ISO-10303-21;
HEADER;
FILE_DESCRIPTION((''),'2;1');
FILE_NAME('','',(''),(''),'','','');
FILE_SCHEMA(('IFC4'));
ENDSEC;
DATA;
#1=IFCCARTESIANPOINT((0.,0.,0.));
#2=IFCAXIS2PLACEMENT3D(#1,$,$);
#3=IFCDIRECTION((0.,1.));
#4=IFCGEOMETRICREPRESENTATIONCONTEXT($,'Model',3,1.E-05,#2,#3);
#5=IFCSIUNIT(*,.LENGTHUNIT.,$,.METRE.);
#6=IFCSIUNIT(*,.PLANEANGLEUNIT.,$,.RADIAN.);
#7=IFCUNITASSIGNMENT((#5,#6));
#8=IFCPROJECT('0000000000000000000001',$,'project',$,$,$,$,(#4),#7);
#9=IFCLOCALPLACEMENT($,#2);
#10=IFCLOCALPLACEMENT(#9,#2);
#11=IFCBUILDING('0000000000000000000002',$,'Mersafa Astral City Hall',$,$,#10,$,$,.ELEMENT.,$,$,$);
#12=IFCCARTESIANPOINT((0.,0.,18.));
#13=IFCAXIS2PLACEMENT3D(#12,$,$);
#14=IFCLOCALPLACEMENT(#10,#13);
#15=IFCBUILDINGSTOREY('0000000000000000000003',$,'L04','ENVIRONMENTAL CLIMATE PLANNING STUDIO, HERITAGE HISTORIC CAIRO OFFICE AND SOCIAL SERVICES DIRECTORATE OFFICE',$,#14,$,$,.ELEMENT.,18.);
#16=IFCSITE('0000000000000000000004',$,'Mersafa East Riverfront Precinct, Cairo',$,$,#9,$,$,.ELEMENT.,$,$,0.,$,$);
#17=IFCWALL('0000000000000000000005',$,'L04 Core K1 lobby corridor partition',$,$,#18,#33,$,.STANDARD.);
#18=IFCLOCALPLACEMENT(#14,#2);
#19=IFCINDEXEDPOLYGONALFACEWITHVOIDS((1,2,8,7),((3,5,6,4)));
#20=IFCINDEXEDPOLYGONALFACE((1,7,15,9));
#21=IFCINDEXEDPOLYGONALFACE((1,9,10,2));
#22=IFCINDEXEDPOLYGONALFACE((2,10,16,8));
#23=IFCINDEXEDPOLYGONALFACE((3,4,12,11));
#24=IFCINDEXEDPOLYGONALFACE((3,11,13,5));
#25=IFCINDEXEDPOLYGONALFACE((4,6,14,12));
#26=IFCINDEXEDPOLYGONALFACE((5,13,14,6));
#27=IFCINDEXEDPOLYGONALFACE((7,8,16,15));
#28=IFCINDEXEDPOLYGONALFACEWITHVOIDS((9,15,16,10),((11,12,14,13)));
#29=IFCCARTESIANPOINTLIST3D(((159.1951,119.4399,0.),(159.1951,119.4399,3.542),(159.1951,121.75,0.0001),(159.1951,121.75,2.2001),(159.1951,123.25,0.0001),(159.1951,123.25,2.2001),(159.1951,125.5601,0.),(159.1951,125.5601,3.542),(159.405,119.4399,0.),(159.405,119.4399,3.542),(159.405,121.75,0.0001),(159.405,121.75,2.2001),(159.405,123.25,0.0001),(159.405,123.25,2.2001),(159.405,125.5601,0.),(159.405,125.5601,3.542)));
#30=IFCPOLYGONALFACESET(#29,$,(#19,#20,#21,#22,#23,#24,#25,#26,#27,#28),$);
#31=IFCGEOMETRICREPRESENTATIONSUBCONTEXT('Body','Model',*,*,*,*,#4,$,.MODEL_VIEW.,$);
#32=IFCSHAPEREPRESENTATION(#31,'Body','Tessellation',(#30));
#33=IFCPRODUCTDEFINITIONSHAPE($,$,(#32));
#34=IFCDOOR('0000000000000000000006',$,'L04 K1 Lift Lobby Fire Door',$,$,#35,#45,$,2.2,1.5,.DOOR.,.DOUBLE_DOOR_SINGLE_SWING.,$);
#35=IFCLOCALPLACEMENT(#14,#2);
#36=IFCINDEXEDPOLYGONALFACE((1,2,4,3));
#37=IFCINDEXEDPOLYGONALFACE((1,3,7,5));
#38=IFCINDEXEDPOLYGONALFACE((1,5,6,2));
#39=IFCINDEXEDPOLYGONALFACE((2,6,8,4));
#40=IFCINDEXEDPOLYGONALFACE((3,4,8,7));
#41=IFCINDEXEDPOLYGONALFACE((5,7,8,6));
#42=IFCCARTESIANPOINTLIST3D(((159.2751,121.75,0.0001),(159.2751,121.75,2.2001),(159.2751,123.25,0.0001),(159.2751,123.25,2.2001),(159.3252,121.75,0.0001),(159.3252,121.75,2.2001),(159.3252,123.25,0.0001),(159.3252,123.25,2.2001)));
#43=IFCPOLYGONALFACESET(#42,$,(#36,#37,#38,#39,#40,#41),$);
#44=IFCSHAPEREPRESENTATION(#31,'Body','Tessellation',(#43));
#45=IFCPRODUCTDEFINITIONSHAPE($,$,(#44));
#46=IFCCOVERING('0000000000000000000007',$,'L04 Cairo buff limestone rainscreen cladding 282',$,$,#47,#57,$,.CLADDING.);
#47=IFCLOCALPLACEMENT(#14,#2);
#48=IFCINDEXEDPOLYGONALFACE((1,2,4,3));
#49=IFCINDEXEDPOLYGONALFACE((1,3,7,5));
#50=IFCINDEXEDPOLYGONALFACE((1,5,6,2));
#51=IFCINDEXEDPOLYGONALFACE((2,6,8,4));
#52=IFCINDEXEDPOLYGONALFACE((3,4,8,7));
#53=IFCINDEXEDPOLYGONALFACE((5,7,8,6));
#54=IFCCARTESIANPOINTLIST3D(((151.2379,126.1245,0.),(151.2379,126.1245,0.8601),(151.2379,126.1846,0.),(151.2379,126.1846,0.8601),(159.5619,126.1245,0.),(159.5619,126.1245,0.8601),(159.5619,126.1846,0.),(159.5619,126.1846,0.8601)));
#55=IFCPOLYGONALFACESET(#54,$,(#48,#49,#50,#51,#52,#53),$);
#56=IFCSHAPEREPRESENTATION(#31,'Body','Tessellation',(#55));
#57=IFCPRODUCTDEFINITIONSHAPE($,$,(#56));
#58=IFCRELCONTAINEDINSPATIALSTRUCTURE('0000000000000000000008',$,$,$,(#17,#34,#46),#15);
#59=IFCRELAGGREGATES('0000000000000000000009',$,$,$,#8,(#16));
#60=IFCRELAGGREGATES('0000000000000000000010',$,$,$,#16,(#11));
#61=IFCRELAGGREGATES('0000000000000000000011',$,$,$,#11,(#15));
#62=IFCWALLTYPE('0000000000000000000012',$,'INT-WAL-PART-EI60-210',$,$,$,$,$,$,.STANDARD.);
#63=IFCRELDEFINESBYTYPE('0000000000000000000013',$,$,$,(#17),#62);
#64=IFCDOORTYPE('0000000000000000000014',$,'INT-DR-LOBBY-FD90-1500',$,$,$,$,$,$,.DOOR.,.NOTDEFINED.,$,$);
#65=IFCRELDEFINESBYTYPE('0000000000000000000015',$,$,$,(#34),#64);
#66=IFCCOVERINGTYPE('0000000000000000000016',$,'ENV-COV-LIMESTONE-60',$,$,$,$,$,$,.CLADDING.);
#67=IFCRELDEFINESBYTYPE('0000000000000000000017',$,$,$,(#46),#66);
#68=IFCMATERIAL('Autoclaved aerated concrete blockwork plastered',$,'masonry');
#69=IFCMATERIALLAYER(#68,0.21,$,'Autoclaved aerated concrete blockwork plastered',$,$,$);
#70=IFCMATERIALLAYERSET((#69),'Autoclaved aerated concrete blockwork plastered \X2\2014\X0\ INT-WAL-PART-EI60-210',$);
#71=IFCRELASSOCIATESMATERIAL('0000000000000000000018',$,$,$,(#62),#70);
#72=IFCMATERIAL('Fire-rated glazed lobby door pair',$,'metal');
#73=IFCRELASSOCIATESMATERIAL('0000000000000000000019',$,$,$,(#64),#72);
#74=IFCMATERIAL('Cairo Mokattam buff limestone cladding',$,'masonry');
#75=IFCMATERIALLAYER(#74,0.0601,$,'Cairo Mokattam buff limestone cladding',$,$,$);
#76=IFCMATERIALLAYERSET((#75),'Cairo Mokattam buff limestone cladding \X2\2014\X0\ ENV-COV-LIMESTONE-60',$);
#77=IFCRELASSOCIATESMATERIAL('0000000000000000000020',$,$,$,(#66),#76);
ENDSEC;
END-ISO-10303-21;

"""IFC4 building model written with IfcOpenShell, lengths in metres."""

from ifc_helpers import new_model, si_unit, direction, frame, frame_2d, origin, origin_2d, place, context, subcontext, project, spatial, rectangle, extrude, material, layer, layer_set, type_object, element, fill, save


model = new_model("IFC4")

# Units and contexts
model_context = context("Model", 3, precision=1e-05, world=origin(), true_north=direction((0.0, 1.0)))
body_context = subcontext(model_context, "Body", "Model", "MODEL_VIEW")
ifc_project = project(units=[si_unit("LENGTHUNIT", "METRE"), si_unit("PLANEANGLEUNIT", "RADIAN")], contexts=[model_context])

# Site, building, storey
site_placement = place(None, origin())
site = spatial("IfcSite", under=ifc_project, at=site_placement, Name="Mersafa East Riverfront Precinct, Cairo", CompositionType="ELEMENT", RefElevation=0.0)
building_placement = place(site_placement, origin())
building = spatial("IfcBuilding", under=site, at=building_placement, Name="Mersafa Astral City Hall", CompositionType="ELEMENT")
storey_placement = place(building_placement, frame((0.0, 0.0, 18.0)))
storey = spatial("IfcBuildingStorey", under=building, at=storey_placement, Name="L04", Description="ENVIRONMENTAL CLIMATE PLANNING STUDIO, HERITAGE HISTORIC CAIRO OFFICE AND SOCIAL SERVICES DIRECTORATE OFFICE", CompositionType="ELEMENT", Elevation=18.0)

# Wall, opening, door
ifc_material_1 = material(Name="Autoclaved aerated concrete blockwork plastered", Category="masonry")
ifc_layer_1 = layer(ifc_material_1, 0.21, Name="Autoclaved aerated concrete blockwork plastered")
ifc_layer_set_1 = layer_set([ifc_layer_1], Name="Autoclaved aerated concrete blockwork plastered — INT-WAL-PART-EI60-210")
wall_type_1 = type_object("IfcWallType", Name="INT-WAL-PART-EI60-210", PredefinedType="STANDARD", material=ifc_layer_set_1)
wall_1_placement = place(storey_placement, frame((159.3, 119.4399, 0.0), z_axis=(0.0, 0.0, 1.0), x_axis=(0.0, 1.0, 0.0)))
wall_1 = element("IfcWall", 1, at=wall_1_placement, inside=storey, type_object=wall_type_1, Name="L04 Core K1 lobby corridor partition", PredefinedType="STANDARD", context=body_context, shape_type="SweptSolid", body=[
    extrude(rectangle(XDim=6.1201, YDim=0.21, at=frame_2d((3.0601, 0.0))), origin(), (0.0, 0.0, 1.0), 3.542),
])
opening_1_placement = place(wall_1_placement, frame((2.3101, 0.0, 0.0)))
opening_1 = element("IfcOpeningElement", 2, at=opening_1_placement, cuts=wall_1, PredefinedType="OPENING", context=body_context, shape_type="SweptSolid", body=[
    extrude(rectangle(XDim=1.5, YDim=2.2, at=frame_2d((0.75, 1.1001))), frame((0.0, 0.115, 0.0), z_axis=(0.0, -1.0, 0.0), x_axis=(1.0, 0.0, 0.0)), (0.0, 0.0, 1.0), 0.23),
])
ifc_material_2 = material(Name="Fire-rated glazed lobby door pair", Category="metal")
door_type_1 = type_object("IfcDoorType", Name="INT-DR-LOBBY-FD90-1500", OperationType="NOTDEFINED", PredefinedType="DOOR", material=ifc_material_2)
door_1_placement = place(opening_1_placement, origin())
door_1 = element("IfcDoor", 3, at=door_1_placement, inside=storey, type_object=door_type_1, Name="L04 K1 Lift Lobby Fire Door", OperationType="DOUBLE_DOOR_SINGLE_SWING", OverallHeight=2.2, OverallWidth=1.5, PredefinedType="DOOR", context=body_context, shape_type="SweptSolid", body=[
    extrude(rectangle(XDim=1.5, YDim=2.2, at=frame_2d((0.75, 1.1001))), frame((0.0, 0.0249, 0.0), z_axis=(0.0, -1.0, 0.0), x_axis=(1.0, 0.0, 0.0)), (0.0, 0.0, 1.0), 0.05),
])
fill(opening_1, door_1)

# Covering
ifc_material_3 = material(Name="Cairo Mokattam buff limestone cladding", Category="masonry")
ifc_layer_2 = layer(ifc_material_3, 0.0601, Name="Cairo Mokattam buff limestone cladding")
ifc_layer_set_2 = layer_set([ifc_layer_2], Name="Cairo Mokattam buff limestone cladding — ENV-COV-LIMESTONE-60")
covering_type = type_object("IfcCoveringType", Name="ENV-COV-LIMESTONE-60", PredefinedType="CLADDING", material=ifc_layer_set_2)
covering_placement = place(storey_placement, frame((155.3999, 126.1545, 0.0), z_axis=(0.0, 0.0, 1.0), x_axis=(-1.0, 0.0, 0.0)))
element("IfcCovering", 4, at=covering_placement, inside=storey, type_object=covering_type, Name="L04 Cairo buff limestone rainscreen cladding 282", PredefinedType="CLADDING", context=body_context, shape_type="SweptSolid", body=[
    extrude(rectangle(XDim=8.324, YDim=0.0601, at=origin_2d()), origin(), (0.0, 0.0, 1.0), 0.8601),
])

save(model, "model.ifc")
